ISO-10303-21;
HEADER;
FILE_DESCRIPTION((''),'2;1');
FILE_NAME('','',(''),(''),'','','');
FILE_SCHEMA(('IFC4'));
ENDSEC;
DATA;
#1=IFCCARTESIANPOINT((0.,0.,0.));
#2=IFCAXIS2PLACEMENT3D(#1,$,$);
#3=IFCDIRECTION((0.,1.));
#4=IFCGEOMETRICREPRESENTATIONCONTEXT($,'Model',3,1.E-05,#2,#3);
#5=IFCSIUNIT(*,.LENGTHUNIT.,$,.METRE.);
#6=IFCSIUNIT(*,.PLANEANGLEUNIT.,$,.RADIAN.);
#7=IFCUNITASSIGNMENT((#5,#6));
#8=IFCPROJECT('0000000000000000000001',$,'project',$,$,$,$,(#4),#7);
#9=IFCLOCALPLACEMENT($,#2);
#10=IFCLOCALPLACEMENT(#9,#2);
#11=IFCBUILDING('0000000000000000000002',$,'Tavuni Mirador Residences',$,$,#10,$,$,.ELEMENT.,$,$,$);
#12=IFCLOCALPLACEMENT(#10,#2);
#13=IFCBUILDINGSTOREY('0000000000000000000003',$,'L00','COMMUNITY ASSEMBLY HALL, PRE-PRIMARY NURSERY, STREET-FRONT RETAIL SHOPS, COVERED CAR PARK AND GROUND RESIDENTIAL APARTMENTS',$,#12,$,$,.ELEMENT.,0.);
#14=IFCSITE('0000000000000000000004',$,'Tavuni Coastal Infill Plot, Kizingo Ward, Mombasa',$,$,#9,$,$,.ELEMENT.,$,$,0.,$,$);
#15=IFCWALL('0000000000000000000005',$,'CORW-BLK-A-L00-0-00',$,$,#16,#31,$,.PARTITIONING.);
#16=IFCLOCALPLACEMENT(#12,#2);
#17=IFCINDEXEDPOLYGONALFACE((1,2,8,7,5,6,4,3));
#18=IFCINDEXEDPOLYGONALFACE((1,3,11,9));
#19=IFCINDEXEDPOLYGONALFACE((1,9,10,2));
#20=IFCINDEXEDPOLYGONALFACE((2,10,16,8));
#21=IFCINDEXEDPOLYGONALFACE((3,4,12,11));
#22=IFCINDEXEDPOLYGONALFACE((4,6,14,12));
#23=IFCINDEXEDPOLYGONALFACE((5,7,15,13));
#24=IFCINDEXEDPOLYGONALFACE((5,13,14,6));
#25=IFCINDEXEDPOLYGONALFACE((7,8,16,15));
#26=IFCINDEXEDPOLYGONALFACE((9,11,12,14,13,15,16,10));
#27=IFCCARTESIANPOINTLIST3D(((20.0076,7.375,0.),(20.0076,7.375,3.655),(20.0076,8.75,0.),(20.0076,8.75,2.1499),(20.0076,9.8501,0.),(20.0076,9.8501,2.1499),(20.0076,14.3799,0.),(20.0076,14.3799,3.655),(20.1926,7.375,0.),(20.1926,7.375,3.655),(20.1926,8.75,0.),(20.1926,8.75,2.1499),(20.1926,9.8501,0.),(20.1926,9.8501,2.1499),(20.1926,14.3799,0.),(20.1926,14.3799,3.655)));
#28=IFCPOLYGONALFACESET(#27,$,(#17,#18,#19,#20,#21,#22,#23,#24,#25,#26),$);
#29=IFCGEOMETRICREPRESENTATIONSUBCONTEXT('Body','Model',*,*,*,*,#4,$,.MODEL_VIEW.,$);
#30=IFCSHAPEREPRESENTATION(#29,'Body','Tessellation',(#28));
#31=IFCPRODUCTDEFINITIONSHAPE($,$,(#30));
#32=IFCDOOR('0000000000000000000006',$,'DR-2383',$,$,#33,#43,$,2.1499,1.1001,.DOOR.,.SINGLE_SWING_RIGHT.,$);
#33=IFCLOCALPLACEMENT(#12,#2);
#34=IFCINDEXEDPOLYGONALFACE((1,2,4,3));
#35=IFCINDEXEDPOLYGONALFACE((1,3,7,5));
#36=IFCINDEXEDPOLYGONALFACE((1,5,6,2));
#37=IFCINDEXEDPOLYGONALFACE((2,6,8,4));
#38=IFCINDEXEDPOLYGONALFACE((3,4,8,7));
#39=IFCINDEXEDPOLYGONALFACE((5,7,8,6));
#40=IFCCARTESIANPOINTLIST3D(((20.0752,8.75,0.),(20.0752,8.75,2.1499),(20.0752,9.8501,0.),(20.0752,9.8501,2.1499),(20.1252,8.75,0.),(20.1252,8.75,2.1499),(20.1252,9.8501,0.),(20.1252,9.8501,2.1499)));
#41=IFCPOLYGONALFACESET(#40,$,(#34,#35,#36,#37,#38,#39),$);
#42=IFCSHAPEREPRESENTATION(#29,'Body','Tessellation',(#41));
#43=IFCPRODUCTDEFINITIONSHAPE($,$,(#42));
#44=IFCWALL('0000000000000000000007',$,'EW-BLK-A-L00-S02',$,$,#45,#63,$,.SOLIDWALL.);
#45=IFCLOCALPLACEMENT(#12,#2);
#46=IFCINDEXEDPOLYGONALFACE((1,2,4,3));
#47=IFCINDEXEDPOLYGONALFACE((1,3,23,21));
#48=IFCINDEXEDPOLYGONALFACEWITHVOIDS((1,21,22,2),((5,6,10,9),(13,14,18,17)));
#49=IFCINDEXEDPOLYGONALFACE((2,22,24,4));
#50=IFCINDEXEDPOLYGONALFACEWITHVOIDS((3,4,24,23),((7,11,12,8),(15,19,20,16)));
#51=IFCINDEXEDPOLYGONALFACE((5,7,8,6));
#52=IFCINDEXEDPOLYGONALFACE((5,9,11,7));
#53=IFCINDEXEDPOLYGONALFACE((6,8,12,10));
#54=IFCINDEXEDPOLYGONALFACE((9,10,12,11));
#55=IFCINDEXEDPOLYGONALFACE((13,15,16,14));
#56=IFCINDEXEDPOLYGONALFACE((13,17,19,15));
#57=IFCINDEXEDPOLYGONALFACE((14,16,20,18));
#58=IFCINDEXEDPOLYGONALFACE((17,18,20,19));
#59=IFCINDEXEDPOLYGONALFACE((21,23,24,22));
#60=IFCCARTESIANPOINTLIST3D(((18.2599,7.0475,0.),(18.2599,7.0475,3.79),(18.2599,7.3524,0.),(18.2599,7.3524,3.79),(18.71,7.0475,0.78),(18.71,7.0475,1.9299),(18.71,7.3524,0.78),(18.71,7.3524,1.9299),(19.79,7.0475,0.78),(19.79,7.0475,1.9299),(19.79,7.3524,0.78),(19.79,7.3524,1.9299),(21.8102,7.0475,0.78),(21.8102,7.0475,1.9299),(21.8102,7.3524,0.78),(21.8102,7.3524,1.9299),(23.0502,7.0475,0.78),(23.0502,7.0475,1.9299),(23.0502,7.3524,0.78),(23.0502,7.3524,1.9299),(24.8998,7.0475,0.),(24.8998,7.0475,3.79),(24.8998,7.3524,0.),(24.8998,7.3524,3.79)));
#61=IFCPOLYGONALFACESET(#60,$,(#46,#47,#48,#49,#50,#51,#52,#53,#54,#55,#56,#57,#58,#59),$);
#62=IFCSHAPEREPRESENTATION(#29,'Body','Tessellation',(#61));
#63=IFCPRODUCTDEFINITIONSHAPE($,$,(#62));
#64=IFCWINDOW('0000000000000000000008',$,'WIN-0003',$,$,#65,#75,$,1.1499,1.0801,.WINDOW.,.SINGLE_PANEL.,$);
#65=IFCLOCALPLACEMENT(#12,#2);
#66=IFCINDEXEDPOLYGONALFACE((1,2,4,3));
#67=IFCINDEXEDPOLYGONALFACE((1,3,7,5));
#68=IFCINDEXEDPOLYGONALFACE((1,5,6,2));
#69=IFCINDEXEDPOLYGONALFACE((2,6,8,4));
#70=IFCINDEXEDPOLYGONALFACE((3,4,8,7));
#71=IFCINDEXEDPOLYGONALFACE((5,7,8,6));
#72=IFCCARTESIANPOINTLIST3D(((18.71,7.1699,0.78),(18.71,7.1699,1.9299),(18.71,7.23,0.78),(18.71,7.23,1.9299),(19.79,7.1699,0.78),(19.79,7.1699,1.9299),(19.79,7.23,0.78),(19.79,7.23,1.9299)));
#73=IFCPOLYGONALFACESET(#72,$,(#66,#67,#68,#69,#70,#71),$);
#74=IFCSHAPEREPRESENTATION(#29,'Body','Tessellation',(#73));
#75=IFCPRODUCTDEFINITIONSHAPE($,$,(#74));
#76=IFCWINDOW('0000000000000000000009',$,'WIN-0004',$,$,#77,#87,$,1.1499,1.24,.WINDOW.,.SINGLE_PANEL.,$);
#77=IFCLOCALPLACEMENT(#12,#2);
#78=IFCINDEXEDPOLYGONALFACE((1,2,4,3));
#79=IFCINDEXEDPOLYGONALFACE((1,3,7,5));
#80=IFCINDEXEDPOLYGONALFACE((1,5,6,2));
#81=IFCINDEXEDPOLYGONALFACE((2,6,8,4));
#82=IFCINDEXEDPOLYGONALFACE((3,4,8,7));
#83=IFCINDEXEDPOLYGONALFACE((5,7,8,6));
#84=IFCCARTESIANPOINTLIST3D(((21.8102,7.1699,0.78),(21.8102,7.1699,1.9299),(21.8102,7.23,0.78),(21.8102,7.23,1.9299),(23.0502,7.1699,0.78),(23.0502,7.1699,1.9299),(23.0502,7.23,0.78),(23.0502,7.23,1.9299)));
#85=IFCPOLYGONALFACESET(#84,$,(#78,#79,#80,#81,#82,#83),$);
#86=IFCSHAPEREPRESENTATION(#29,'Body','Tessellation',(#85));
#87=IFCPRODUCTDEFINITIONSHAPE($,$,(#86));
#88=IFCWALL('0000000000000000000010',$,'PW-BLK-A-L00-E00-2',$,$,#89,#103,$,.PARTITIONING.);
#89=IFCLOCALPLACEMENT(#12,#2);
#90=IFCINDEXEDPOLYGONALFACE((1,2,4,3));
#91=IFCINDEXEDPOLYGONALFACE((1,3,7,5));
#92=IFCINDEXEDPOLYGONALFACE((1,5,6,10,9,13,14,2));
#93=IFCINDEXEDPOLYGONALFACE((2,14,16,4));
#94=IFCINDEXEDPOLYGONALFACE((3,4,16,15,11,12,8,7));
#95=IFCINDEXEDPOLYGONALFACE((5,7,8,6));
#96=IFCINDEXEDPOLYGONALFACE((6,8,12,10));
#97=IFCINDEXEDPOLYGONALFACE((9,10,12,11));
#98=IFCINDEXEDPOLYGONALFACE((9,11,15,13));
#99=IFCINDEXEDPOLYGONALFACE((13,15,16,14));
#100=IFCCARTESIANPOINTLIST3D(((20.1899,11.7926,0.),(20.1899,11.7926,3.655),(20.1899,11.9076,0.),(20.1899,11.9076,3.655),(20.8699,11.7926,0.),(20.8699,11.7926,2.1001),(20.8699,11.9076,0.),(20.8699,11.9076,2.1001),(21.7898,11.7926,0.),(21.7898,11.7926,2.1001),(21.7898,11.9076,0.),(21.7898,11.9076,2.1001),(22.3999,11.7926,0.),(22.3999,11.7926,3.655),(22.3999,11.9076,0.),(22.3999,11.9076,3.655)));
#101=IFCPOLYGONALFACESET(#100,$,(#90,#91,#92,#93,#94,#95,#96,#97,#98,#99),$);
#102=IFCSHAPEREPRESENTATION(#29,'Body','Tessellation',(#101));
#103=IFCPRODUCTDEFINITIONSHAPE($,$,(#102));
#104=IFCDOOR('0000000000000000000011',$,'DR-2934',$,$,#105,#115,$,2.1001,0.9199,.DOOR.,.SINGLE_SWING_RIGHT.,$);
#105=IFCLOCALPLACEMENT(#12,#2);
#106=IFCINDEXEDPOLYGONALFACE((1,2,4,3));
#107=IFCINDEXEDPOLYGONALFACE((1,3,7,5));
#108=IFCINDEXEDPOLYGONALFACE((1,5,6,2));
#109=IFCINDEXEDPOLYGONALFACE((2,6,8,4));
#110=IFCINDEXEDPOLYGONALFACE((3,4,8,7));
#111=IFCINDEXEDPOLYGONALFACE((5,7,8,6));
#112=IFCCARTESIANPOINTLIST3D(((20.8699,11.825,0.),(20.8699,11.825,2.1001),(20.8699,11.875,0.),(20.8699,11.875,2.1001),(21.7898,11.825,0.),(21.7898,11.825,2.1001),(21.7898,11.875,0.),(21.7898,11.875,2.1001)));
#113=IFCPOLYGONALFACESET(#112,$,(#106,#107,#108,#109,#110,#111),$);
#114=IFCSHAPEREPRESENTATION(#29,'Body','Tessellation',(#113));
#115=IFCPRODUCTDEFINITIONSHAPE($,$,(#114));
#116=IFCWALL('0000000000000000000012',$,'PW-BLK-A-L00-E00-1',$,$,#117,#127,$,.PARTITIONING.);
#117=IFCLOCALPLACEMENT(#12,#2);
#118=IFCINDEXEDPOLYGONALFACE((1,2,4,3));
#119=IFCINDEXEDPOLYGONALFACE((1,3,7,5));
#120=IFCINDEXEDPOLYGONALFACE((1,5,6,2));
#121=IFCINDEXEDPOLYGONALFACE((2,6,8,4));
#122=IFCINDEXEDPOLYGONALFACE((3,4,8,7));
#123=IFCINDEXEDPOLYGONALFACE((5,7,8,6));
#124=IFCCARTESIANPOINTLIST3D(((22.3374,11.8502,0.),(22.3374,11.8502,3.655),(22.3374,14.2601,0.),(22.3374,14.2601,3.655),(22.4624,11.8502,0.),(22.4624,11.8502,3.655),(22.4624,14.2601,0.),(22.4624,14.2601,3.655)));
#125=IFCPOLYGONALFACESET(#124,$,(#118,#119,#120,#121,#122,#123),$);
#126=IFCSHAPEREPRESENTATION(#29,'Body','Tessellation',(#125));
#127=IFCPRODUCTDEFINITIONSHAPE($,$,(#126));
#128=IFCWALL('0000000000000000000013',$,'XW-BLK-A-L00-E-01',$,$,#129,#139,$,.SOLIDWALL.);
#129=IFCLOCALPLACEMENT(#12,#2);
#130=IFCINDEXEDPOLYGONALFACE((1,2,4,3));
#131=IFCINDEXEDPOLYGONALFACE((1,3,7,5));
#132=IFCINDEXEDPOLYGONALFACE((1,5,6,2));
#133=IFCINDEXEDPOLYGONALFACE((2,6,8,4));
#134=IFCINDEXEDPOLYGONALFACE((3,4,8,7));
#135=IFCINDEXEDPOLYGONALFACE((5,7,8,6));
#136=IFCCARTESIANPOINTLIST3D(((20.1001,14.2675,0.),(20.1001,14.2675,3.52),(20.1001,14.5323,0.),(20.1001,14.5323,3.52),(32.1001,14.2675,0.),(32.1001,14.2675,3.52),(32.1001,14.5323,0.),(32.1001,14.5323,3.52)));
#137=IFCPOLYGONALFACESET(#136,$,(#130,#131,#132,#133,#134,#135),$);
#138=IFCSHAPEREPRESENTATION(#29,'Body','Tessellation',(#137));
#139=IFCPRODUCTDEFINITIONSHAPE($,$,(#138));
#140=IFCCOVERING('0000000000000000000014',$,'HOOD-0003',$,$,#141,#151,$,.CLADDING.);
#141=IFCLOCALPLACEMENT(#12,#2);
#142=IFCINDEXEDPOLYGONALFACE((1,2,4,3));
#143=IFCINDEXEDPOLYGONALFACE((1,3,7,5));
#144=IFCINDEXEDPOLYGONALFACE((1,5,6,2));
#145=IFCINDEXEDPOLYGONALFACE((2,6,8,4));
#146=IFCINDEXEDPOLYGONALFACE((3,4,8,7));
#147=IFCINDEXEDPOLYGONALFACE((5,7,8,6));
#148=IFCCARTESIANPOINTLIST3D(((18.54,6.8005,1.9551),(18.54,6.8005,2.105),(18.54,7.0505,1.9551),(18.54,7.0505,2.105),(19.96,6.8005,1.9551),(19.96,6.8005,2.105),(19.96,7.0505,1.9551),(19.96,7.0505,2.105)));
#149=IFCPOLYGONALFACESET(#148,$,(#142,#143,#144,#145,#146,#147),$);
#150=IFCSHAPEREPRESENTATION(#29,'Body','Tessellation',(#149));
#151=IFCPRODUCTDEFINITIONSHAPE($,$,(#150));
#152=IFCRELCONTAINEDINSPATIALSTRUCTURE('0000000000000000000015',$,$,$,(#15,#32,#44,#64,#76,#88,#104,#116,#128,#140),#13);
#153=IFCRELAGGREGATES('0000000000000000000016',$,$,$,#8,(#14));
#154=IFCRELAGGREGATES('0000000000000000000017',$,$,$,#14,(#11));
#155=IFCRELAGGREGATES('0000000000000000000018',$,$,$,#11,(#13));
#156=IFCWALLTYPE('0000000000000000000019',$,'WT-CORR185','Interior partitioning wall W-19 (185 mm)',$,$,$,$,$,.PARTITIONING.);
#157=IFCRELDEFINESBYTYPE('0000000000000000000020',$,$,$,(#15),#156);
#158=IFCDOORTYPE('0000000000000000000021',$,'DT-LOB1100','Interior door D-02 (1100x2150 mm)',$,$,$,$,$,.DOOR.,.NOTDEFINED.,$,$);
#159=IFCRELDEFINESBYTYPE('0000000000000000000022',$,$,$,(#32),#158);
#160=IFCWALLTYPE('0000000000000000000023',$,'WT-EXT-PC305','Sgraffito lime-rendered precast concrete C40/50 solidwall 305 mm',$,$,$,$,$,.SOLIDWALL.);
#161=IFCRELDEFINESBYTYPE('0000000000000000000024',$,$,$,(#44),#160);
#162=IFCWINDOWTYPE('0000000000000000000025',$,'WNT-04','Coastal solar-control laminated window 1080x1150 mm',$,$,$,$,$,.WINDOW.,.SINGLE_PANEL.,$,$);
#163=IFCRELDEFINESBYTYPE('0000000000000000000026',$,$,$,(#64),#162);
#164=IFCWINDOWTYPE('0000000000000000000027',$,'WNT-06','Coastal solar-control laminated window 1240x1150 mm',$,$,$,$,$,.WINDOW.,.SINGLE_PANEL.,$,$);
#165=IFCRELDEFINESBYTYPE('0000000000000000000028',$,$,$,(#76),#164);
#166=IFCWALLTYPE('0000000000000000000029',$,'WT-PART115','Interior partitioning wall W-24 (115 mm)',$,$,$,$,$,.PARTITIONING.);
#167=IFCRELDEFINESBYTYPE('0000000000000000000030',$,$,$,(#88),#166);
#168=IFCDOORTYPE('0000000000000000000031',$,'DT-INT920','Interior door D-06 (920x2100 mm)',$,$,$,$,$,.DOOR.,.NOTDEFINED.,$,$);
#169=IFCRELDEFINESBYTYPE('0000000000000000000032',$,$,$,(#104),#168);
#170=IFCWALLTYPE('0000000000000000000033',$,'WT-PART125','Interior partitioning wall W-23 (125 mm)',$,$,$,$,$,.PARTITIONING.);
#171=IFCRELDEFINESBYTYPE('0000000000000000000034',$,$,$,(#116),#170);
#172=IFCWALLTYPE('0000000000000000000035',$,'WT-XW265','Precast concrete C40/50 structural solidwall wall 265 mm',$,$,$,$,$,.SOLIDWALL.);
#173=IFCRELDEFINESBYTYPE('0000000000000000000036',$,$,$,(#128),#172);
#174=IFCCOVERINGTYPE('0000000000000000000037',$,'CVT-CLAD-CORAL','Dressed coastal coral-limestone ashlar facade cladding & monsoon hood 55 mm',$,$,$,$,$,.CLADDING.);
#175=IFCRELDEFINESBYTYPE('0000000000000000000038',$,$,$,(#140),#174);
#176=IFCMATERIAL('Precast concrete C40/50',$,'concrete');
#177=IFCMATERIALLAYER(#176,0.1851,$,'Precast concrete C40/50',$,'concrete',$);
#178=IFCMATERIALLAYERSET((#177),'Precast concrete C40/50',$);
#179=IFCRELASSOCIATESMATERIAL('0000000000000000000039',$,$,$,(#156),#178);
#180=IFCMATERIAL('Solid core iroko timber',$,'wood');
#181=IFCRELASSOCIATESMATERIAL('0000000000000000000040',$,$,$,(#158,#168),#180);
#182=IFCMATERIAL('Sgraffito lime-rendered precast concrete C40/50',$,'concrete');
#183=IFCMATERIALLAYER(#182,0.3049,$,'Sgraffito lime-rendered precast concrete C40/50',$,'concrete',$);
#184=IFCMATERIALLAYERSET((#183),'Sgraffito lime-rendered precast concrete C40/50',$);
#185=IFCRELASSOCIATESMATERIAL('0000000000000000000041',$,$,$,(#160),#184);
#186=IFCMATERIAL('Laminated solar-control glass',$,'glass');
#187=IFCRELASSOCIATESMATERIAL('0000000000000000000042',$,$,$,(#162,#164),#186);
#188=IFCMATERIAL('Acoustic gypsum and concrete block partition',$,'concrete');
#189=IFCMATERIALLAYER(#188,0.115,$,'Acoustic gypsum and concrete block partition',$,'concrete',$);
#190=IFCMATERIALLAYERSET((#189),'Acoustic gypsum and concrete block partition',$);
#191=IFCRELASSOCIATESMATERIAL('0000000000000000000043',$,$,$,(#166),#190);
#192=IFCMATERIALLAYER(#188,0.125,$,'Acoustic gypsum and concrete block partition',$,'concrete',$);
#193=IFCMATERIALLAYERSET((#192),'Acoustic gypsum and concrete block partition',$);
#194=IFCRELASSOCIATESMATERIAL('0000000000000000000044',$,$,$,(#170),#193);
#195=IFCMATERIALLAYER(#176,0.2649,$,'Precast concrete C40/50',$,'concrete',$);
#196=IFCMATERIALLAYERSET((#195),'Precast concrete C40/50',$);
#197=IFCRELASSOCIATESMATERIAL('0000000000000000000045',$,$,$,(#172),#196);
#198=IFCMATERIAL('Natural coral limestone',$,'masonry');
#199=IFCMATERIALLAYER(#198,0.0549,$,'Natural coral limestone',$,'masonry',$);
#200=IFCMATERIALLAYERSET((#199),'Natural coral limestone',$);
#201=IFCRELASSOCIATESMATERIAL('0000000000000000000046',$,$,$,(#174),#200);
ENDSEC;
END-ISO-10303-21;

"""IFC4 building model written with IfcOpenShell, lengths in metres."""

from ifc_helpers import new_model, si_unit, direction, frame, frame_2d, origin, origin_2d, place, context, subcontext, project, spatial, rectangle, extrude, material, layer, layer_set, type_object, element, fill, save


model = new_model("IFC4")

# Units and contexts
model_context = context("Model", 3, precision=1e-05, world=origin(), true_north=direction((0.0, 1.0)))
body_context = subcontext(model_context, "Body", "Model", "MODEL_VIEW")
ifc_project = project(units=[si_unit("LENGTHUNIT", "METRE"), si_unit("PLANEANGLEUNIT", "RADIAN")], contexts=[model_context])

# Site, building, storey
site_placement = place(None, origin())
site = spatial("IfcSite", under=ifc_project, at=site_placement, Name="Tavuni Coastal Infill Plot, Kizingo Ward, Mombasa", CompositionType="ELEMENT", RefElevation=0.0)
building_placement = place(site_placement, origin())
building = spatial("IfcBuilding", under=site, at=building_placement, Name="Tavuni Mirador Residences", CompositionType="ELEMENT")
storey_placement = place(building_placement, origin())
storey = spatial("IfcBuildingStorey", under=building, at=storey_placement, Name="L00", Description="COMMUNITY ASSEMBLY HALL, PRE-PRIMARY NURSERY, STREET-FRONT RETAIL SHOPS, COVERED CAR PARK AND GROUND RESIDENTIAL APARTMENTS", CompositionType="ELEMENT", Elevation=0.0)

# Shared definitions
ifc_material_1 = material(Name="Precast concrete C40/50", Category="concrete")

# Wall, opening, door
ifc_layer_1 = layer(ifc_material_1, 0.1851, Name="Precast concrete C40/50", Category="concrete")
ifc_layer_set_1 = layer_set([ifc_layer_1], Name="Precast concrete C40/50")
wall_type_1 = type_object("IfcWallType", Name="WT-CORR185", Description="Interior partitioning wall W-19 (185 mm)", PredefinedType="PARTITIONING", material=ifc_layer_set_1)
wall_1_placement = place(storey_placement, frame((20.1001, 7.375, 0.0), z_axis=(0.0, 0.0, 1.0), x_axis=(0.0, 1.0, 0.0)))
wall_1 = element("IfcWall", 1, at=wall_1_placement, inside=storey, type_object=wall_type_1, Name="CORW-BLK-A-L00-0-00", PredefinedType="PARTITIONING", context=body_context, shape_type="SweptSolid", body=[
    extrude(rectangle(XDim=7.0049, YDim=0.1851, at=frame_2d((3.5024, 0.0))), origin(), (0.0, 0.0, 1.0), 3.655),
])
opening_1_placement = place(wall_1_placement, frame((1.375, 0.0, 0.0)))
opening_1 = element("IfcOpeningElement", 2, at=opening_1_placement, cuts=wall_1, PredefinedType="OPENING", context=body_context, shape_type="SweptSolid", body=[
    extrude(rectangle(XDim=1.1001, YDim=2.1499, at=frame_2d((0.55, 1.075))), frame((0.0, 0.1025, 0.0), z_axis=(0.0, -1.0, 0.0), x_axis=(1.0, 0.0, 0.0)), (0.0, 0.0, 1.0), 0.2051),
])
ifc_material_2 = material(Name="Solid core iroko timber", Category="wood")
door_type_1 = type_object("IfcDoorType", Name="DT-LOB1100", Description="Interior door D-02 (1100x2150 mm)", OperationType="NOTDEFINED", PredefinedType="DOOR", material=ifc_material_2)
door_1_placement = place(opening_1_placement, origin())
door_1 = element("IfcDoor", 3, at=door_1_placement, inside=storey, type_object=door_type_1, Name="DR-2383", OperationType="SINGLE_SWING_RIGHT", OverallHeight=2.1499, OverallWidth=1.1001, PredefinedType="DOOR", context=body_context, shape_type="SweptSolid", body=[
    extrude(rectangle(XDim=1.1001, YDim=2.1499, at=frame_2d((0.55, 1.075))), frame((0.0, 0.0249, 0.0), z_axis=(0.0, -1.0, 0.0), x_axis=(1.0, 0.0, 0.0)), (0.0, 0.0, 1.0), 0.05),
])
fill(opening_1, door_1)

# Wall, openings, windows
ifc_material_3 = material(Name="Sgraffito lime-rendered precast concrete C40/50", Category="concrete")
ifc_layer_2 = layer(ifc_material_3, 0.3049, Name="Sgraffito lime-rendered precast concrete C40/50", Category="concrete")
ifc_layer_set_2 = layer_set([ifc_layer_2], Name="Sgraffito lime-rendered precast concrete C40/50")
wall_type_2 = type_object("IfcWallType", Name="WT-EXT-PC305", Description="Sgraffito lime-rendered precast concrete C40/50 solidwall 305 mm", PredefinedType="SOLIDWALL", material=ifc_layer_set_2)
wall_2_placement = place(storey_placement, frame((18.26, 7.2, 0.0), z_axis=(0.0, 0.0, 1.0), x_axis=(1.0, 0.0, 0.0)))
wall_2 = element("IfcWall", 4, at=wall_2_placement, inside=storey, type_object=wall_type_2, Name="EW-BLK-A-L00-S02", PredefinedType="SOLIDWALL", context=body_context, shape_type="SweptSolid", body=[
    extrude(rectangle(XDim=6.6399, YDim=0.3049, at=frame_2d((3.3198, 0.0))), origin(), (0.0, 0.0, 1.0), 3.79),
])
opening_2_placement = place(wall_2_placement, frame((0.45, 0.0, 0.78)))
opening_2 = element("IfcOpeningElement", 5, at=opening_2_placement, cuts=wall_2, PredefinedType="OPENING", context=body_context, shape_type="SweptSolid", body=[
    extrude(rectangle(XDim=1.0801, YDim=1.1499, at=frame_2d((0.54, 0.575))), frame((0.0, 0.1626, 0.0), z_axis=(0.0, -1.0, 0.0), x_axis=(1.0, 0.0, 0.0)), (0.0, 0.0, 1.0), 0.325),
])
opening_3_placement = place(wall_2_placement, frame((3.55, 0.0, 0.78)))
opening_3 = element("IfcOpeningElement", 6, at=opening_3_placement, cuts=wall_2, PredefinedType="OPENING", context=body_context, shape_type="SweptSolid", body=[
    extrude(rectangle(XDim=1.24, YDim=1.1499, at=frame_2d((0.6201, 0.575))), frame((0.0, 0.1626, 0.0), z_axis=(0.0, -1.0, 0.0), x_axis=(1.0, 0.0, 0.0)), (0.0, 0.0, 1.0), 0.325),
])
ifc_material_4 = material(Name="Laminated solar-control glass", Category="glass")
window_type_1 = type_object("IfcWindowType", Name="WNT-04", Description="Coastal solar-control laminated window 1080x1150 mm", PartitioningType="SINGLE_PANEL", PredefinedType="WINDOW", material=ifc_material_4)
window_1_placement = place(opening_2_placement, origin())
window_1 = element("IfcWindow", 7, at=window_1_placement, inside=storey, type_object=window_type_1, Name="WIN-0003", OverallHeight=1.1499, OverallWidth=1.0801, PartitioningType="SINGLE_PANEL", PredefinedType="WINDOW", context=body_context, shape_type="SweptSolid", body=[
    extrude(rectangle(XDim=1.0801, YDim=1.1499, at=frame_2d((0.54, 0.575))), frame((0.0, 0.03, 0.0), z_axis=(0.0, -1.0, 0.0), x_axis=(1.0, 0.0, 0.0)), (0.0, 0.0, 1.0), 0.0601),
])
fill(opening_2, window_1)
window_type_2 = type_object("IfcWindowType", Name="WNT-06", Description="Coastal solar-control laminated window 1240x1150 mm", PartitioningType="SINGLE_PANEL", PredefinedType="WINDOW", material=ifc_material_4)
window_2_placement = place(opening_3_placement, origin())
window_2 = element("IfcWindow", 8, at=window_2_placement, inside=storey, type_object=window_type_2, Name="WIN-0004", OverallHeight=1.1499, OverallWidth=1.24, PartitioningType="SINGLE_PANEL", PredefinedType="WINDOW", context=body_context, shape_type="SweptSolid", body=[
    extrude(rectangle(XDim=1.24, YDim=1.1499, at=frame_2d((0.6201, 0.575))), frame((0.0, 0.03, 0.0), z_axis=(0.0, -1.0, 0.0), x_axis=(1.0, 0.0, 0.0)), (0.0, 0.0, 1.0), 0.0601),
])
fill(opening_3, window_2)

# Wall, opening, door
ifc_material_5 = material(Name="Acoustic gypsum and concrete block partition", Category="concrete")
ifc_layer_3 = layer(ifc_material_5, 0.115, Name="Acoustic gypsum and concrete block partition", Category="concrete")
ifc_layer_set_3 = layer_set([ifc_layer_3], Name="Acoustic gypsum and concrete block partition")
wall_type_3 = type_object("IfcWallType", Name="WT-PART115", Description="Interior partitioning wall W-24 (115 mm)", PredefinedType="PARTITIONING", material=ifc_layer_set_3)
wall_3_placement = place(storey_placement, frame((20.1899, 11.8501, 0.0), z_axis=(0.0, 0.0, 1.0), x_axis=(1.0, 0.0, 0.0)))
wall_3 = element("IfcWall", 9, at=wall_3_placement, inside=storey, type_object=wall_type_3, Name="PW-BLK-A-L00-E00-2", PredefinedType="PARTITIONING", context=body_context, shape_type="SweptSolid", body=[
    extrude(rectangle(XDim=2.21, YDim=0.115, at=frame_2d((1.105, 0.0))), origin(), (0.0, 0.0, 1.0), 3.655),
])
opening_4_placement = place(wall_3_placement, frame((0.6799, 0.0, 0.0)))
opening_4 = element("IfcOpeningElement", 10, at=opening_4_placement, cuts=wall_3, PredefinedType="OPENING", context=body_context, shape_type="SweptSolid", body=[
    extrude(rectangle(XDim=0.9199, YDim=2.1001, at=frame_2d((0.46, 1.05))), frame((0.0, 0.0674, 0.0), z_axis=(0.0, -1.0, 0.0), x_axis=(1.0, 0.0, 0.0)), (0.0, 0.0, 1.0), 0.135),
])
door_type_2 = type_object("IfcDoorType", Name="DT-INT920", Description="Interior door D-06 (920x2100 mm)", OperationType="NOTDEFINED", PredefinedType="DOOR", material=ifc_material_2)
door_2_placement = place(opening_4_placement, origin())
door_2 = element("IfcDoor", 11, at=door_2_placement, inside=storey, type_object=door_type_2, Name="DR-2934", OperationType="SINGLE_SWING_RIGHT", OverallHeight=2.1001, OverallWidth=0.9199, PredefinedType="DOOR", context=body_context, shape_type="SweptSolid", body=[
    extrude(rectangle(XDim=0.9199, YDim=2.1001, at=frame_2d((0.46, 1.05))), frame((0.0, 0.0249, 0.0), z_axis=(0.0, -1.0, 0.0), x_axis=(1.0, 0.0, 0.0)), (0.0, 0.0, 1.0), 0.05),
])
fill(opening_4, door_2)

# Walls
ifc_layer_4 = layer(ifc_material_5, 0.125, Name="Acoustic gypsum and concrete block partition", Category="concrete")
ifc_layer_set_4 = layer_set([ifc_layer_4], Name="Acoustic gypsum and concrete block partition")
wall_type_4 = type_object("IfcWallType", Name="WT-PART125", Description="Interior partitioning wall W-23 (125 mm)", PredefinedType="PARTITIONING", material=ifc_layer_set_4)
wall_4_placement = place(storey_placement, frame((22.3999, 11.8501, 0.0), z_axis=(0.0, 0.0, 1.0), x_axis=(0.0, 1.0, 0.0)))
element("IfcWall", 12, at=wall_4_placement, inside=storey, type_object=wall_type_4, Name="PW-BLK-A-L00-E00-1", PredefinedType="PARTITIONING", context=body_context, shape_type="SweptSolid", body=[
    extrude(rectangle(XDim=2.4099, YDim=0.125, at=frame_2d((1.2051, 0.0))), origin(), (0.0, 0.0, 1.0), 3.655),
])
ifc_layer_5 = layer(ifc_material_1, 0.2649, Name="Precast concrete C40/50", Category="concrete")
ifc_layer_set_5 = layer_set([ifc_layer_5], Name="Precast concrete C40/50")
wall_type_5 = type_object("IfcWallType", Name="WT-XW265", Description="Precast concrete C40/50 structural solidwall wall 265 mm", PredefinedType="SOLIDWALL", material=ifc_layer_set_5)
wall_5_placement = place(storey_placement, frame((20.1001, 14.3999, 0.0), z_axis=(0.0, 0.0, 1.0), x_axis=(1.0, 0.0, 0.0)))
element("IfcWall", 13, at=wall_5_placement, inside=storey, type_object=wall_type_5, Name="XW-BLK-A-L00-E-01", PredefinedType="SOLIDWALL", context=body_context, shape_type="SweptSolid", body=[
    extrude(rectangle(XDim=12.0, YDim=0.2649, at=frame_2d((6.0, 0.0))), origin(), (0.0, 0.0, 1.0), 3.52),
])

# Covering
ifc_material_6 = material(Name="Natural coral limestone", Category="masonry")
ifc_layer_6 = layer(ifc_material_6, 0.0549, Name="Natural coral limestone", Category="masonry")
ifc_layer_set_6 = layer_set([ifc_layer_6], Name="Natural coral limestone")
covering_type = type_object("IfcCoveringType", Name="CVT-CLAD-CORAL", Description="Dressed coastal coral-limestone ashlar facade cladding & monsoon hood 55 mm", PredefinedType="CLADDING", material=ifc_layer_set_6)
covering_1_placement = place(storey_placement, frame((19.25, 6.9255, 1.9551), z_axis=(0.0, 0.0, 1.0), x_axis=(1.0, 0.0, 0.0)))
element("IfcCovering", 14, at=covering_1_placement, inside=storey, type_object=covering_type, Name="HOOD-0003", PredefinedType="CLADDING", context=body_context, shape_type="SweptSolid", body=[
    extrude(rectangle(XDim=1.4199, YDim=0.25, at=origin_2d()), origin(), (0.0, 0.0, 1.0), 0.1499),
])

save(model, "model.ifc")
